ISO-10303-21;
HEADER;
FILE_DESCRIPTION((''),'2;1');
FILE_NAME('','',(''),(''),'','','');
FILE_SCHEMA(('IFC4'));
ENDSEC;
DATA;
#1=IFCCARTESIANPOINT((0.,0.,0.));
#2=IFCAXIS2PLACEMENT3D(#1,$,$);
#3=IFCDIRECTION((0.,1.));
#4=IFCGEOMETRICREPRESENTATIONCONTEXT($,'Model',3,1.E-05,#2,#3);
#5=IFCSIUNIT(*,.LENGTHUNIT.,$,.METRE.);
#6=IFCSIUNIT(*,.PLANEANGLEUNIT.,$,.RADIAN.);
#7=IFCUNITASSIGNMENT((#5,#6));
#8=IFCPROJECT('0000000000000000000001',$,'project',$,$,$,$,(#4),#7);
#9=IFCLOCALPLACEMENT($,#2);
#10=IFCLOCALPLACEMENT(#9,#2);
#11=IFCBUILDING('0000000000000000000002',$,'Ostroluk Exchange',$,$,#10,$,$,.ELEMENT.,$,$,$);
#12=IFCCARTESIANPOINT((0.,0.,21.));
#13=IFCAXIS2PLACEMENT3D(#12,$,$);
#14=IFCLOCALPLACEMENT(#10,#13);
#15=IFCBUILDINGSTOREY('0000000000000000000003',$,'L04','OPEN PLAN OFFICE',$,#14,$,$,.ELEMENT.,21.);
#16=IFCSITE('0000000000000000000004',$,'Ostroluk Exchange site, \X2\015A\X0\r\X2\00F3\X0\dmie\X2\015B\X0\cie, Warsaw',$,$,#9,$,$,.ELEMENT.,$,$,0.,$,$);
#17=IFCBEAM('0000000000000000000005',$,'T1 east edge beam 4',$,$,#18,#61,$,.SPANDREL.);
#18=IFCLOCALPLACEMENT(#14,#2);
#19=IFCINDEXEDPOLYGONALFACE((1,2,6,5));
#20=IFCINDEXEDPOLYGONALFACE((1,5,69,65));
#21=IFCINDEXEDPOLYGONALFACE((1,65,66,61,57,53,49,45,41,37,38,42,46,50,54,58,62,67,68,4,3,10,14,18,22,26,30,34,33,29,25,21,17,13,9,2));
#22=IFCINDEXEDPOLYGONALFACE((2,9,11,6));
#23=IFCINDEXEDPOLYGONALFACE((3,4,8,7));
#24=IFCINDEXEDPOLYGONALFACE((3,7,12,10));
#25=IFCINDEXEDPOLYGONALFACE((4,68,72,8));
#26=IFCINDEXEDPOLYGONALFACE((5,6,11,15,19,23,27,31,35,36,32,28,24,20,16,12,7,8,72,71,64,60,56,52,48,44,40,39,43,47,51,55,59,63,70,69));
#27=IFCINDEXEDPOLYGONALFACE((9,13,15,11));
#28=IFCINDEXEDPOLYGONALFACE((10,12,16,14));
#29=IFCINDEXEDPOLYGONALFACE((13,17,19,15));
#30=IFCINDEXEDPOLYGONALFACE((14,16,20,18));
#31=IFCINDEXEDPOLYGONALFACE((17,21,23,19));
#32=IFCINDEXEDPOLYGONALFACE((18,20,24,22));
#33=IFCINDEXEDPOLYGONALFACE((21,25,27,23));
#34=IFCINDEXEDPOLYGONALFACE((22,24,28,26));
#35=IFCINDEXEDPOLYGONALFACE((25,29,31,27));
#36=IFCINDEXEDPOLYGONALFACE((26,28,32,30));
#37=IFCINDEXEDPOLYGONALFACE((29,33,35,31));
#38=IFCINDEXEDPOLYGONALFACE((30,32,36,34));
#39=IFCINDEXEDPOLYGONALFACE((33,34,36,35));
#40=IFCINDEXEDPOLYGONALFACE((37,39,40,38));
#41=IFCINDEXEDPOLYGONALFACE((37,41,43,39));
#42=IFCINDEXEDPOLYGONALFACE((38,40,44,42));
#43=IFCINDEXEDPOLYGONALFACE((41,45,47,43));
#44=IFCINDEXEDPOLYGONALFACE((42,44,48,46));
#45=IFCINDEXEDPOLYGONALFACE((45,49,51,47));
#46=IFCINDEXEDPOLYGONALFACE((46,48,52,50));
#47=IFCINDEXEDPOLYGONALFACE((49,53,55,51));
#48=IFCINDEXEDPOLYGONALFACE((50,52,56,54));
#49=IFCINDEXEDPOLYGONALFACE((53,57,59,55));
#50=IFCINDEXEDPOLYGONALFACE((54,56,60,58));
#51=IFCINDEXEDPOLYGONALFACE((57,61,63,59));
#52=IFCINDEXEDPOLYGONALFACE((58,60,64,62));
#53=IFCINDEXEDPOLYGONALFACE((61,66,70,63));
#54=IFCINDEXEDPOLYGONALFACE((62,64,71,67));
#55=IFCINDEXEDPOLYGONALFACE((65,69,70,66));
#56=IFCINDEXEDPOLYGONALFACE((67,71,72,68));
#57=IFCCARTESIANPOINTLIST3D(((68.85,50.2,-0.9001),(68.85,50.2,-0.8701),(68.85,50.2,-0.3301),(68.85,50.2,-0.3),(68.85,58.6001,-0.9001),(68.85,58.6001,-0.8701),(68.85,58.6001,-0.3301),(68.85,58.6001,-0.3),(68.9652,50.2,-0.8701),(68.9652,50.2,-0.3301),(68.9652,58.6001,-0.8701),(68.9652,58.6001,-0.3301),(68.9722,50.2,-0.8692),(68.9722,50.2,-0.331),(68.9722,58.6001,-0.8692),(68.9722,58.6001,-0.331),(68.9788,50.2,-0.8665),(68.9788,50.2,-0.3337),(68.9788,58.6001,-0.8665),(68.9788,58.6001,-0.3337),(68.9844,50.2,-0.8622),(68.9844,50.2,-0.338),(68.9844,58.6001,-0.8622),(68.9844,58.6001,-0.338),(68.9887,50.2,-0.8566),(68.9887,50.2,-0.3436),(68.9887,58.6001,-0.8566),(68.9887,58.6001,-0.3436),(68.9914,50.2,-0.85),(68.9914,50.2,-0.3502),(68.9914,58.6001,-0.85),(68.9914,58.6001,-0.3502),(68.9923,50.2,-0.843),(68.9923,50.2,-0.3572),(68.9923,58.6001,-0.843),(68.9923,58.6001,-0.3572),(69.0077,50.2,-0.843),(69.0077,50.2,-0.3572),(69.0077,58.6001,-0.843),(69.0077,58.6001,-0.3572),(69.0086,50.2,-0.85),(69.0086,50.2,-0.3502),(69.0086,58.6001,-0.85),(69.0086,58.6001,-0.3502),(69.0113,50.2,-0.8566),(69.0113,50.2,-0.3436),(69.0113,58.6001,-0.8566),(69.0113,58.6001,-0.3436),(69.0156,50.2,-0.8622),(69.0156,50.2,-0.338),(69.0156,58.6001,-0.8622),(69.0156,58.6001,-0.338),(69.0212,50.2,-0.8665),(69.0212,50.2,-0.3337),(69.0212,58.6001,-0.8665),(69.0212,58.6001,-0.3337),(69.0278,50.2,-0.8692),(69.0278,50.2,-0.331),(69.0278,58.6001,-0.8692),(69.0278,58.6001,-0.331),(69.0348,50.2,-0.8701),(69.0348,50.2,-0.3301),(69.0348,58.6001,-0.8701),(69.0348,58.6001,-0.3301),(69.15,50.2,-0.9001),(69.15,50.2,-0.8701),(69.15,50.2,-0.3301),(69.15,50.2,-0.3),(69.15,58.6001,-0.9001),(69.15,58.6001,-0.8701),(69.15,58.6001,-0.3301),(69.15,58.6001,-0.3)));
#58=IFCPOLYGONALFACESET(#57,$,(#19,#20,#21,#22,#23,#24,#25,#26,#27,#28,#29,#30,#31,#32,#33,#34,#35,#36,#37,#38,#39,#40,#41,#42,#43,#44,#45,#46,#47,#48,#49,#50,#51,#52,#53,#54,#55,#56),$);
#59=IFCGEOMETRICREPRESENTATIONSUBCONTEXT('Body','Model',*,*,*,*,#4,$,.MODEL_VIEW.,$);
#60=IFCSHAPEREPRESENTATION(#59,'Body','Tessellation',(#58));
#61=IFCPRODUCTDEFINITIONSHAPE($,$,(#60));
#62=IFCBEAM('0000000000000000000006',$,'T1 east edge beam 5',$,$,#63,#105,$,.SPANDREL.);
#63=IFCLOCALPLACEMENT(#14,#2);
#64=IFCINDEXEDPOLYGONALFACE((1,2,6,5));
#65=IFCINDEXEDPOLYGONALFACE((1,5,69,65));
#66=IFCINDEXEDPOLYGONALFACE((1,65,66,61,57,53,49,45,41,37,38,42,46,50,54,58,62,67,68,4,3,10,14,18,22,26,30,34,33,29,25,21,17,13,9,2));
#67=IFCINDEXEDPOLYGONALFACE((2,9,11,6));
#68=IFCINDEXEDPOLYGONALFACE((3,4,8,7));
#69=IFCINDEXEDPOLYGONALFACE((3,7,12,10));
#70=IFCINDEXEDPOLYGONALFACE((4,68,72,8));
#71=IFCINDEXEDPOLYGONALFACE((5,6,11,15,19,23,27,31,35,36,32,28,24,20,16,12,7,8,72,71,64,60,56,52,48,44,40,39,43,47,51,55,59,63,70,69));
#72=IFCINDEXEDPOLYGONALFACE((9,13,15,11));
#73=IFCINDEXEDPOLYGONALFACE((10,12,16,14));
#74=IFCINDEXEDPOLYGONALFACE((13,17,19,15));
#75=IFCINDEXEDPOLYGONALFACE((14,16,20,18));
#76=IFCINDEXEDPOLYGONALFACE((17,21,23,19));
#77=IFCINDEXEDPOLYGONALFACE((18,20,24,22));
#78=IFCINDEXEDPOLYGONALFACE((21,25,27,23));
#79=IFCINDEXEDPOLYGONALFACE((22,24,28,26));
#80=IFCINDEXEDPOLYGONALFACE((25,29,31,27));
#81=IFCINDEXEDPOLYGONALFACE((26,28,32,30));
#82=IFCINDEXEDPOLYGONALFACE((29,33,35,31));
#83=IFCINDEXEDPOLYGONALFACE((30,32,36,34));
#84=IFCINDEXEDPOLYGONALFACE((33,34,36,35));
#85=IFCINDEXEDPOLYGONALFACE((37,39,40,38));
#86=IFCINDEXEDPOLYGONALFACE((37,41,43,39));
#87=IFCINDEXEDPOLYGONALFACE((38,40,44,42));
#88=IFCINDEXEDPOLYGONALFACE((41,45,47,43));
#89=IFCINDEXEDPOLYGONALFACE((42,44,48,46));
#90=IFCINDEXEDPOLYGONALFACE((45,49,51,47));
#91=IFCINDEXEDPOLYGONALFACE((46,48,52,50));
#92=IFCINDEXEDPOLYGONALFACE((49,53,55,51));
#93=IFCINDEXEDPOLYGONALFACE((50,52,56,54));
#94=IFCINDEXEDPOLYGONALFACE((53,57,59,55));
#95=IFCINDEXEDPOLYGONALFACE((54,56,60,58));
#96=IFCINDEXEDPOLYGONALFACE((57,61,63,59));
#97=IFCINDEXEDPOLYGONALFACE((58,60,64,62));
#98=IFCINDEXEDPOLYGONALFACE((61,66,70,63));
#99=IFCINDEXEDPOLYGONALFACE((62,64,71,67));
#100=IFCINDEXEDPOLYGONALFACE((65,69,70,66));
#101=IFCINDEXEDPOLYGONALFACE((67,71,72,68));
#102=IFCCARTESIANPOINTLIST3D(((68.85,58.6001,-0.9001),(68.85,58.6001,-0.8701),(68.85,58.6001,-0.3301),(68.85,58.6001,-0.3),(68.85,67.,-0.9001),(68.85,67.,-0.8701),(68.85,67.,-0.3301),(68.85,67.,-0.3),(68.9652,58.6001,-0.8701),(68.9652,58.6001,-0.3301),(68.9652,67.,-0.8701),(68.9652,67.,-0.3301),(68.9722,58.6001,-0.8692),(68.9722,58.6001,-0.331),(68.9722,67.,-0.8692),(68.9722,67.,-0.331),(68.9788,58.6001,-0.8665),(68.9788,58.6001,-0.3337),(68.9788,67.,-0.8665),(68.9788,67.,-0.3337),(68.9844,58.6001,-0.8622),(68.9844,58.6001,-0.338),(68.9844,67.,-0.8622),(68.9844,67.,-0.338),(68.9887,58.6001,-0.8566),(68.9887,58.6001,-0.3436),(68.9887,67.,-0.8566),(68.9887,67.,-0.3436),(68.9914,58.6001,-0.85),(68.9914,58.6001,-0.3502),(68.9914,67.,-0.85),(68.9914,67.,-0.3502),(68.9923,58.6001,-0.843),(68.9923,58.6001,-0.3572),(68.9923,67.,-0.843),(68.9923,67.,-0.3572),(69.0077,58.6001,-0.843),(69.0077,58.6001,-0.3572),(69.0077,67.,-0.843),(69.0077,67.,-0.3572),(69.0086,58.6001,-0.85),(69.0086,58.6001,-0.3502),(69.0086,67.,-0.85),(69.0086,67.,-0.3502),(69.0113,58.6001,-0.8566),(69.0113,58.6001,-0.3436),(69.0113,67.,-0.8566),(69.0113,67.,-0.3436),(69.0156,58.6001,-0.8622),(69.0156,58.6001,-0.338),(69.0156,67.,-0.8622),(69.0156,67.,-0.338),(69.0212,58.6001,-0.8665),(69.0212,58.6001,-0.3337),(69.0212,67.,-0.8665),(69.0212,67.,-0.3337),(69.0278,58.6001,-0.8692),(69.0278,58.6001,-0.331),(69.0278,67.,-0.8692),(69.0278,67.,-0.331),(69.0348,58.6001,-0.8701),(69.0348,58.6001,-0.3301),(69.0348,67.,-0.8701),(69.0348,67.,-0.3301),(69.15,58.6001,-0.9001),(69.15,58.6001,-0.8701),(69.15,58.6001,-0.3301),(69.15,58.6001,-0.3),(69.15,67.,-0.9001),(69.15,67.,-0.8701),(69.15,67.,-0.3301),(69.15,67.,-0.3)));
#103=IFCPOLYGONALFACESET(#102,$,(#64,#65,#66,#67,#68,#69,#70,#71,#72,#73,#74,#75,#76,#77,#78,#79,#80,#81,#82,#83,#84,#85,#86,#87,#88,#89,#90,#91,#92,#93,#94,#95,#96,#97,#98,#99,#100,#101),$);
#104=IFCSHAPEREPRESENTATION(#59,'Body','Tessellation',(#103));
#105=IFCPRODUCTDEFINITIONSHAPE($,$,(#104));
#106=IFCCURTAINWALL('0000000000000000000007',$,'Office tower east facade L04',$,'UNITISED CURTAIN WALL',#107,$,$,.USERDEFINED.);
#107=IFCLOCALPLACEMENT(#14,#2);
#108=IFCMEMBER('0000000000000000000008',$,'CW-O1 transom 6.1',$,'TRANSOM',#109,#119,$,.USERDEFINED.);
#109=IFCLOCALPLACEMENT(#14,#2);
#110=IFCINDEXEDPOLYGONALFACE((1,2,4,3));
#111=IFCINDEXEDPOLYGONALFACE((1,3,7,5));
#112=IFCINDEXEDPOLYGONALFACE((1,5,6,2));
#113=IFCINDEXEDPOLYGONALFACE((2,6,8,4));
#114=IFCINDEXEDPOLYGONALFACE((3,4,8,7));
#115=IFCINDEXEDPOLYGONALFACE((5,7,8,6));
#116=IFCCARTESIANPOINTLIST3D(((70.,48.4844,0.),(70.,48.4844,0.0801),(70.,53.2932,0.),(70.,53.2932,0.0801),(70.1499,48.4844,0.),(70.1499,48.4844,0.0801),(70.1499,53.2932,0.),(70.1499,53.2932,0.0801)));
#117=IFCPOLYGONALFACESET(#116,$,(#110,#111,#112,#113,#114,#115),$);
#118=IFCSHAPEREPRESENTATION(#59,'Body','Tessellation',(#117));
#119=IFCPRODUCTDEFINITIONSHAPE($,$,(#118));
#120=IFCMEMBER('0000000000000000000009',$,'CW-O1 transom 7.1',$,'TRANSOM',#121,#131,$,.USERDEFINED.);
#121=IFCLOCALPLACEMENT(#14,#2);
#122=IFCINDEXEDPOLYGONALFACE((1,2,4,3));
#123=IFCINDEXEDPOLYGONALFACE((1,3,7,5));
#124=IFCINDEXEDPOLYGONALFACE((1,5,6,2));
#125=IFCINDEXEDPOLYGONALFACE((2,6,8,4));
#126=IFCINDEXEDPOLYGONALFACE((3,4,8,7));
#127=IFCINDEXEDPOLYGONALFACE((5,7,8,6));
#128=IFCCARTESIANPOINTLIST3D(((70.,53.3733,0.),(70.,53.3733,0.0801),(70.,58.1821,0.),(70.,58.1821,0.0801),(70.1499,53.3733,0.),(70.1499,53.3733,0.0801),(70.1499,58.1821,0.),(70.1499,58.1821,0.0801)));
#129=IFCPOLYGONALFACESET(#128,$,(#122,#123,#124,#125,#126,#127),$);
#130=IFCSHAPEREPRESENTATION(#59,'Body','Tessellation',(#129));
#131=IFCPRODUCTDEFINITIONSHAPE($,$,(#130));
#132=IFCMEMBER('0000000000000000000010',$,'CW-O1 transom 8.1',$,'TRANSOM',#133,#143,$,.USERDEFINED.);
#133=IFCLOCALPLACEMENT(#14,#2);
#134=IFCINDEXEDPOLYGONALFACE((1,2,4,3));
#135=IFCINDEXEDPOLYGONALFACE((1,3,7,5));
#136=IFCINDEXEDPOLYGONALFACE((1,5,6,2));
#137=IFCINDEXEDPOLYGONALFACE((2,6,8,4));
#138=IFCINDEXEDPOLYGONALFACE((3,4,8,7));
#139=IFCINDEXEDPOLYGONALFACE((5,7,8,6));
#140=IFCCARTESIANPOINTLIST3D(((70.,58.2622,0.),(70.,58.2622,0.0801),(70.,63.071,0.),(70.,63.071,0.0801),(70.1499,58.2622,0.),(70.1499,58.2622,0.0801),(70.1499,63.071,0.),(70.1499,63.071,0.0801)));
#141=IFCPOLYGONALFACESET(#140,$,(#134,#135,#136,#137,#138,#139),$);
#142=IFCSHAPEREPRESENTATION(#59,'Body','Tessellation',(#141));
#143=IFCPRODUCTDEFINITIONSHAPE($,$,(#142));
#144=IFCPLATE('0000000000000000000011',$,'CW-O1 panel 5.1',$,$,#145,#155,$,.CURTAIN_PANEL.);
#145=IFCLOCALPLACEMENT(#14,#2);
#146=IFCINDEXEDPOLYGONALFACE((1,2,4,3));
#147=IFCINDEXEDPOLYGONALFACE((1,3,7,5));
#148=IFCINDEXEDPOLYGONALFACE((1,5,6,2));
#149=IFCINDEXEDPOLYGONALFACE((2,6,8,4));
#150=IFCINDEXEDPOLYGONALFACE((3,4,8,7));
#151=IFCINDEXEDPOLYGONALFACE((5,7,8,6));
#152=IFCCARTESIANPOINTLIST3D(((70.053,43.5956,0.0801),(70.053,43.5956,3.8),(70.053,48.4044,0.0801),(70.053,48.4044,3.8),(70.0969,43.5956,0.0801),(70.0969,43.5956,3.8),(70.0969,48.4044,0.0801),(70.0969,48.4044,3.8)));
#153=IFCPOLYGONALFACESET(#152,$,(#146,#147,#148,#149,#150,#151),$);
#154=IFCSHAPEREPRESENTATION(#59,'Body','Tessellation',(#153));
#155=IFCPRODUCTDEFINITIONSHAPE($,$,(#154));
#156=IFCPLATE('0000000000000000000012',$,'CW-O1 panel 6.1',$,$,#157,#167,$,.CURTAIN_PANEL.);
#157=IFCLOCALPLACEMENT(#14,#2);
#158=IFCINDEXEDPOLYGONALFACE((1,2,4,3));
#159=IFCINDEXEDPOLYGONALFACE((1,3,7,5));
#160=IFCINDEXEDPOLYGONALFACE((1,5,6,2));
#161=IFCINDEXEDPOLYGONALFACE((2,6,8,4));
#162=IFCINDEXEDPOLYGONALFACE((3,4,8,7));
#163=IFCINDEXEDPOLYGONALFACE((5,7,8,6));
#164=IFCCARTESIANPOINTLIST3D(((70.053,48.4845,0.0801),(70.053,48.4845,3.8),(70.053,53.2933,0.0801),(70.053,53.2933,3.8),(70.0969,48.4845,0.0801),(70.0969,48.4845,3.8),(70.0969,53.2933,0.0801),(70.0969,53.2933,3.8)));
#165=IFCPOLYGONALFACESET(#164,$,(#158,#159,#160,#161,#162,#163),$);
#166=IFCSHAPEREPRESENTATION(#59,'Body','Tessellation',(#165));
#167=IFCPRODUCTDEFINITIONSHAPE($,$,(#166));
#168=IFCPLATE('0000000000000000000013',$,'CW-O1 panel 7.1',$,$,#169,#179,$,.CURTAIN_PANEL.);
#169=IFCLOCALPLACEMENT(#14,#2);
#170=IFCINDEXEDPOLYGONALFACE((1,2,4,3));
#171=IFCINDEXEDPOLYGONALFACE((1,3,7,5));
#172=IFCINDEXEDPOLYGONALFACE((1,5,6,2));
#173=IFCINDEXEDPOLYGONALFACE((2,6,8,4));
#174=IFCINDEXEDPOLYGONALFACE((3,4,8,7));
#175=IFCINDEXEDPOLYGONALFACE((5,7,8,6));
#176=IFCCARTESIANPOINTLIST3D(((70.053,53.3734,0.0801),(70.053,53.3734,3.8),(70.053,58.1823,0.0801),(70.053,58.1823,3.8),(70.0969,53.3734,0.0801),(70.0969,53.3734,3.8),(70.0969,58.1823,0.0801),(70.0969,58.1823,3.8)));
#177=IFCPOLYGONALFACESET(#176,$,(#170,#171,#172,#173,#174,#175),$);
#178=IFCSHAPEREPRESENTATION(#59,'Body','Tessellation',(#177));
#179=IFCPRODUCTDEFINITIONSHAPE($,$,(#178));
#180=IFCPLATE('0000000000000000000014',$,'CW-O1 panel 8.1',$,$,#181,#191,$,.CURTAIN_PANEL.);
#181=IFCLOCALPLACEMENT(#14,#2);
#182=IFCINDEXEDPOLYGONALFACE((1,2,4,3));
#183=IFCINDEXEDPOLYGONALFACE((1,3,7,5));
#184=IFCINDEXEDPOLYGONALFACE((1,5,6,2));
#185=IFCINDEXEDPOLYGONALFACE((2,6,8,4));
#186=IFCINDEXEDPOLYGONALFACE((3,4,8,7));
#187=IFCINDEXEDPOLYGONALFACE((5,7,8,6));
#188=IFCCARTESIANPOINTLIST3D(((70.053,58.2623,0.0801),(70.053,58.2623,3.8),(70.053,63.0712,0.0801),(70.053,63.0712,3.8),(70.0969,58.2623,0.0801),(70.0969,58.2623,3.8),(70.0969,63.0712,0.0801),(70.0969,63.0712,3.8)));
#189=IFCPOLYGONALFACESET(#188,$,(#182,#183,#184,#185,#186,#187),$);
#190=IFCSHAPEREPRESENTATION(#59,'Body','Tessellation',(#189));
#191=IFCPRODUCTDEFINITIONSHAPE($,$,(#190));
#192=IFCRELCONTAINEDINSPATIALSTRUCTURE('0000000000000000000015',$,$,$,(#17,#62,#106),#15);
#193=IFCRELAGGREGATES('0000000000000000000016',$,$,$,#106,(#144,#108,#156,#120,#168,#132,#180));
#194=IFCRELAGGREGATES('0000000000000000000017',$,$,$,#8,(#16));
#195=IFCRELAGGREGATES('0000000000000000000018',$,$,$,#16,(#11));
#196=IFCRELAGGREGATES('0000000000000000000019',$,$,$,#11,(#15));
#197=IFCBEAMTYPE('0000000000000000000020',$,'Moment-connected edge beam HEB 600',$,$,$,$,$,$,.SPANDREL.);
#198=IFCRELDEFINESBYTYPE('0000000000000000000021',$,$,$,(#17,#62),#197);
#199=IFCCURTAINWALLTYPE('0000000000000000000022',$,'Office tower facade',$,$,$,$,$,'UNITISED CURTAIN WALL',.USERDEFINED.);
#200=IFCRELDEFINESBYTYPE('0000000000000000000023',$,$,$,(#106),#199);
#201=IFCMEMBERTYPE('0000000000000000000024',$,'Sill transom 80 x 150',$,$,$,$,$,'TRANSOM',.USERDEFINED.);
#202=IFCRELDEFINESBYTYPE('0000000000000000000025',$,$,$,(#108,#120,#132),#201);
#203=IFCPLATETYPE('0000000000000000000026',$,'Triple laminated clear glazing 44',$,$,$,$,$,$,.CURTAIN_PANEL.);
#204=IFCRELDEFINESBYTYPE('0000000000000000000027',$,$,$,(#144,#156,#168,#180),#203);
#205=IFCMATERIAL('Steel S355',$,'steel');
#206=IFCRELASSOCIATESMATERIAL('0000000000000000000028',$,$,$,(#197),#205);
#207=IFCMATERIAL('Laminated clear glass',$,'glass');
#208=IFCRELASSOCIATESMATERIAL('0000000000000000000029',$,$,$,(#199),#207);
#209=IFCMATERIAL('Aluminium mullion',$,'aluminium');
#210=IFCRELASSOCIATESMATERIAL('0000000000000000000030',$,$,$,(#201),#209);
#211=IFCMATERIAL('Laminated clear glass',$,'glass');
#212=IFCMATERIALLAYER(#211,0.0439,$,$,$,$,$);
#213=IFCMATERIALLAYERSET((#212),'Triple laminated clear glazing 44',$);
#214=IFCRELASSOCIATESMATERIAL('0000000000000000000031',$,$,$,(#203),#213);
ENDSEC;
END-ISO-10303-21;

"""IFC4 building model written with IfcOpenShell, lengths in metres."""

from ifc_helpers import new_model, si_unit, direction, frame, origin, origin_2d, place, context, subcontext, project, spatial, rectangle, i_section, extrude, material, layer, layer_set, material_profile, profile_set, type_object, element, aggregate, save


model = new_model("IFC4")

# Units and contexts
model_context = context("Model", 3, precision=1e-05, world=origin(), true_north=direction((0.0, 1.0)))
body_context = subcontext(model_context, "Body", "Model", "MODEL_VIEW")
ifc_project = project(units=[si_unit("LENGTHUNIT", "METRE"), si_unit("PLANEANGLEUNIT", "RADIAN")], contexts=[model_context])

# Site, building, storey
site_placement = place(None, origin())
site = spatial("IfcSite", under=ifc_project, at=site_placement, Name="Ostroluk Exchange site, Śródmieście, Warsaw", CompositionType="ELEMENT", RefElevation=0.0)
building_placement = place(site_placement, origin())
building = spatial("IfcBuilding", under=site, at=building_placement, Name="Ostroluk Exchange", CompositionType="ELEMENT")
storey_placement = place(building_placement, frame((0.0, 0.0, 21.0)))
storey = spatial("IfcBuildingStorey", under=building, at=storey_placement, Name="L04", Description="OPEN PLAN OFFICE", CompositionType="ELEMENT", Elevation=21.0)

# Beams
ifc_material_1 = material(Name="Steel S355", Category="steel")
ifc_material_profile_1 = material_profile(ifc_material_1, i_section(OverallWidth=0.3, OverallDepth=0.6001, WebThickness=0.0154, FlangeThickness=0.03, FilletRadius=0.0271, at=origin_2d()), Name="HEB 600")
ifc_profile_set_1 = profile_set([ifc_material_profile_1], Name="Steel S355")
beam_type_1 = type_object("IfcBeamType", Name="Moment-connected edge beam HEB 600", PredefinedType="SPANDREL", material=ifc_profile_set_1)
beam_1_placement = place(storey_placement, frame((69.0, 50.2, -0.6001), z_axis=(0.0, 1.0, 0.0), x_axis=(-1.0, 0.0, 0.0)))
element("IfcBeam", 1, at=beam_1_placement, inside=storey, type_object=beam_type_1, Name="T1 east edge beam 4", PredefinedType="SPANDREL", context=body_context, shape_type="SweptSolid", body=[
    extrude(i_section(OverallWidth=0.3, OverallDepth=0.6001, WebThickness=0.0154, FlangeThickness=0.03, FilletRadius=0.0271, at=origin_2d()), origin(), (0.0, 0.0, 1.0), 8.4001),
])
beam_2_placement = place(storey_placement, frame((69.0, 58.6001, -0.6001), z_axis=(0.0, 1.0, 0.0), x_axis=(-1.0, 0.0, 0.0)))
element("IfcBeam", 2, at=beam_2_placement, inside=storey, type_object=beam_type_1, Name="T1 east edge beam 5", PredefinedType="SPANDREL", context=body_context, shape_type="SweptSolid", body=[
    extrude(i_section(OverallWidth=0.3, OverallDepth=0.6001, WebThickness=0.0154, FlangeThickness=0.03, FilletRadius=0.0271, at=origin_2d()), origin(), (0.0, 0.0, 1.0), 8.3999),
])

# Curtain wall, members, plates
ifc_material_2 = material(Name="Laminated clear glass", Category="glass")
curtain_wall_type = type_object("IfcCurtainWallType", Name="Office tower facade", ElementType="UNITISED CURTAIN WALL", PredefinedType="USERDEFINED", material=ifc_material_2)
curtain_wall_placement = place(storey_placement, origin())
curtain_wall = element("IfcCurtainWall", 3, at=curtain_wall_placement, inside=storey, type_object=curtain_wall_type, Name="Office tower east facade L04", ObjectType="UNITISED CURTAIN WALL", PredefinedType="USERDEFINED")
ifc_material_3 = material(Name="Aluminium mullion", Category="aluminium")
ifc_material_profile_2 = material_profile(ifc_material_3, rectangle(XDim=0.1499, YDim=0.0801, at=origin_2d()), Name="Sill transom 80 x 150")
ifc_profile_set_2 = profile_set([ifc_material_profile_2], Name="Aluminium mullion")
member_type = type_object("IfcMemberType", Name="Sill transom 80 x 150", ElementType="TRANSOM", PredefinedType="USERDEFINED", material=ifc_profile_set_2)
member_1_placement = place(storey_placement, frame((70.075, 48.4844, 0.04), z_axis=(0.0, 1.0, 0.0), x_axis=(-1.0, 0.0, 0.0)))
member_1 = element("IfcMember", 4, at=member_1_placement, type_object=member_type, Name="CW-O1 transom 6.1", ObjectType="TRANSOM", PredefinedType="USERDEFINED", context=body_context, shape_type="SweptSolid", body=[
    extrude(rectangle(XDim=0.1499, YDim=0.0801, at=origin_2d()), origin(), (0.0, 0.0, 1.0), 4.8088),
])
member_2_placement = place(storey_placement, frame((70.075, 53.3733, 0.04), z_axis=(0.0, 1.0, 0.0), x_axis=(-1.0, 0.0, 0.0)))
member_2 = element("IfcMember", 5, at=member_2_placement, type_object=member_type, Name="CW-O1 transom 7.1", ObjectType="TRANSOM", PredefinedType="USERDEFINED", context=body_context, shape_type="SweptSolid", body=[
    extrude(rectangle(XDim=0.1499, YDim=0.0801, at=origin_2d()), origin(), (0.0, 0.0, 1.0), 4.8088),
])
member_3_placement = place(storey_placement, frame((70.075, 58.2622, 0.04), z_axis=(0.0, 1.0, 0.0), x_axis=(-1.0, 0.0, 0.0)))
member_3 = element("IfcMember", 6, at=member_3_placement, type_object=member_type, Name="CW-O1 transom 8.1", ObjectType="TRANSOM", PredefinedType="USERDEFINED", context=body_context, shape_type="SweptSolid", body=[
    extrude(rectangle(XDim=0.1499, YDim=0.0801, at=origin_2d()), origin(), (0.0, 0.0, 1.0), 4.8088),
])
ifc_material_4 = material(Name="Laminated clear glass", Category="glass")
ifc_layer_1 = layer(ifc_material_4, 0.0439)
ifc_layer_set_1 = layer_set([ifc_layer_1], Name="Triple laminated clear glazing 44")
plate_type = type_object("IfcPlateType", Name="Triple laminated clear glazing 44", PredefinedType="CURTAIN_PANEL", material=ifc_layer_set_1)
plate_1_placement = place(storey_placement, frame((70.075, 46.0, 0.0801), z_axis=(0.0, 0.0, 1.0), x_axis=(0.0, 1.0, 0.0)))
plate_1 = element("IfcPlate", 7, at=plate_1_placement, type_object=plate_type, Name="CW-O1 panel 5.1", PredefinedType="CURTAIN_PANEL", context=body_context, shape_type="SweptSolid", body=[
    extrude(rectangle(XDim=4.8088, YDim=0.0439, at=origin_2d()), origin(), (0.0, 0.0, 1.0), 3.72),
])
plate_2_placement = place(storey_placement, frame((70.075, 50.8889, 0.0801), z_axis=(0.0, 0.0, 1.0), x_axis=(0.0, 1.0, 0.0)))
plate_2 = element("IfcPlate", 8, at=plate_2_placement, type_object=plate_type, Name="CW-O1 panel 6.1", PredefinedType="CURTAIN_PANEL", context=body_context, shape_type="SweptSolid", body=[
    extrude(rectangle(XDim=4.8088, YDim=0.0439, at=origin_2d()), origin(), (0.0, 0.0, 1.0), 3.72),
])
plate_3_placement = place(storey_placement, frame((70.075, 55.7778, 0.0801), z_axis=(0.0, 0.0, 1.0), x_axis=(0.0, 1.0, 0.0)))
plate_3 = element("IfcPlate", 9, at=plate_3_placement, type_object=plate_type, Name="CW-O1 panel 7.1", PredefinedType="CURTAIN_PANEL", context=body_context, shape_type="SweptSolid", body=[
    extrude(rectangle(XDim=4.8088, YDim=0.0439, at=origin_2d()), origin(), (0.0, 0.0, 1.0), 3.72),
])
plate_4_placement = place(storey_placement, frame((70.075, 60.6667, 0.0801), z_axis=(0.0, 0.0, 1.0), x_axis=(0.0, 1.0, 0.0)))
plate_4 = element("IfcPlate", 10, at=plate_4_placement, type_object=plate_type, Name="CW-O1 panel 8.1", PredefinedType="CURTAIN_PANEL", context=body_context, shape_type="SweptSolid", body=[
    extrude(rectangle(XDim=4.8088, YDim=0.0439, at=origin_2d()), origin(), (0.0, 0.0, 1.0), 3.72),
])
aggregate(curtain_wall, [plate_1, member_1, plate_2, member_2, plate_3, member_3, plate_4])

save(model, "model.ifc")
